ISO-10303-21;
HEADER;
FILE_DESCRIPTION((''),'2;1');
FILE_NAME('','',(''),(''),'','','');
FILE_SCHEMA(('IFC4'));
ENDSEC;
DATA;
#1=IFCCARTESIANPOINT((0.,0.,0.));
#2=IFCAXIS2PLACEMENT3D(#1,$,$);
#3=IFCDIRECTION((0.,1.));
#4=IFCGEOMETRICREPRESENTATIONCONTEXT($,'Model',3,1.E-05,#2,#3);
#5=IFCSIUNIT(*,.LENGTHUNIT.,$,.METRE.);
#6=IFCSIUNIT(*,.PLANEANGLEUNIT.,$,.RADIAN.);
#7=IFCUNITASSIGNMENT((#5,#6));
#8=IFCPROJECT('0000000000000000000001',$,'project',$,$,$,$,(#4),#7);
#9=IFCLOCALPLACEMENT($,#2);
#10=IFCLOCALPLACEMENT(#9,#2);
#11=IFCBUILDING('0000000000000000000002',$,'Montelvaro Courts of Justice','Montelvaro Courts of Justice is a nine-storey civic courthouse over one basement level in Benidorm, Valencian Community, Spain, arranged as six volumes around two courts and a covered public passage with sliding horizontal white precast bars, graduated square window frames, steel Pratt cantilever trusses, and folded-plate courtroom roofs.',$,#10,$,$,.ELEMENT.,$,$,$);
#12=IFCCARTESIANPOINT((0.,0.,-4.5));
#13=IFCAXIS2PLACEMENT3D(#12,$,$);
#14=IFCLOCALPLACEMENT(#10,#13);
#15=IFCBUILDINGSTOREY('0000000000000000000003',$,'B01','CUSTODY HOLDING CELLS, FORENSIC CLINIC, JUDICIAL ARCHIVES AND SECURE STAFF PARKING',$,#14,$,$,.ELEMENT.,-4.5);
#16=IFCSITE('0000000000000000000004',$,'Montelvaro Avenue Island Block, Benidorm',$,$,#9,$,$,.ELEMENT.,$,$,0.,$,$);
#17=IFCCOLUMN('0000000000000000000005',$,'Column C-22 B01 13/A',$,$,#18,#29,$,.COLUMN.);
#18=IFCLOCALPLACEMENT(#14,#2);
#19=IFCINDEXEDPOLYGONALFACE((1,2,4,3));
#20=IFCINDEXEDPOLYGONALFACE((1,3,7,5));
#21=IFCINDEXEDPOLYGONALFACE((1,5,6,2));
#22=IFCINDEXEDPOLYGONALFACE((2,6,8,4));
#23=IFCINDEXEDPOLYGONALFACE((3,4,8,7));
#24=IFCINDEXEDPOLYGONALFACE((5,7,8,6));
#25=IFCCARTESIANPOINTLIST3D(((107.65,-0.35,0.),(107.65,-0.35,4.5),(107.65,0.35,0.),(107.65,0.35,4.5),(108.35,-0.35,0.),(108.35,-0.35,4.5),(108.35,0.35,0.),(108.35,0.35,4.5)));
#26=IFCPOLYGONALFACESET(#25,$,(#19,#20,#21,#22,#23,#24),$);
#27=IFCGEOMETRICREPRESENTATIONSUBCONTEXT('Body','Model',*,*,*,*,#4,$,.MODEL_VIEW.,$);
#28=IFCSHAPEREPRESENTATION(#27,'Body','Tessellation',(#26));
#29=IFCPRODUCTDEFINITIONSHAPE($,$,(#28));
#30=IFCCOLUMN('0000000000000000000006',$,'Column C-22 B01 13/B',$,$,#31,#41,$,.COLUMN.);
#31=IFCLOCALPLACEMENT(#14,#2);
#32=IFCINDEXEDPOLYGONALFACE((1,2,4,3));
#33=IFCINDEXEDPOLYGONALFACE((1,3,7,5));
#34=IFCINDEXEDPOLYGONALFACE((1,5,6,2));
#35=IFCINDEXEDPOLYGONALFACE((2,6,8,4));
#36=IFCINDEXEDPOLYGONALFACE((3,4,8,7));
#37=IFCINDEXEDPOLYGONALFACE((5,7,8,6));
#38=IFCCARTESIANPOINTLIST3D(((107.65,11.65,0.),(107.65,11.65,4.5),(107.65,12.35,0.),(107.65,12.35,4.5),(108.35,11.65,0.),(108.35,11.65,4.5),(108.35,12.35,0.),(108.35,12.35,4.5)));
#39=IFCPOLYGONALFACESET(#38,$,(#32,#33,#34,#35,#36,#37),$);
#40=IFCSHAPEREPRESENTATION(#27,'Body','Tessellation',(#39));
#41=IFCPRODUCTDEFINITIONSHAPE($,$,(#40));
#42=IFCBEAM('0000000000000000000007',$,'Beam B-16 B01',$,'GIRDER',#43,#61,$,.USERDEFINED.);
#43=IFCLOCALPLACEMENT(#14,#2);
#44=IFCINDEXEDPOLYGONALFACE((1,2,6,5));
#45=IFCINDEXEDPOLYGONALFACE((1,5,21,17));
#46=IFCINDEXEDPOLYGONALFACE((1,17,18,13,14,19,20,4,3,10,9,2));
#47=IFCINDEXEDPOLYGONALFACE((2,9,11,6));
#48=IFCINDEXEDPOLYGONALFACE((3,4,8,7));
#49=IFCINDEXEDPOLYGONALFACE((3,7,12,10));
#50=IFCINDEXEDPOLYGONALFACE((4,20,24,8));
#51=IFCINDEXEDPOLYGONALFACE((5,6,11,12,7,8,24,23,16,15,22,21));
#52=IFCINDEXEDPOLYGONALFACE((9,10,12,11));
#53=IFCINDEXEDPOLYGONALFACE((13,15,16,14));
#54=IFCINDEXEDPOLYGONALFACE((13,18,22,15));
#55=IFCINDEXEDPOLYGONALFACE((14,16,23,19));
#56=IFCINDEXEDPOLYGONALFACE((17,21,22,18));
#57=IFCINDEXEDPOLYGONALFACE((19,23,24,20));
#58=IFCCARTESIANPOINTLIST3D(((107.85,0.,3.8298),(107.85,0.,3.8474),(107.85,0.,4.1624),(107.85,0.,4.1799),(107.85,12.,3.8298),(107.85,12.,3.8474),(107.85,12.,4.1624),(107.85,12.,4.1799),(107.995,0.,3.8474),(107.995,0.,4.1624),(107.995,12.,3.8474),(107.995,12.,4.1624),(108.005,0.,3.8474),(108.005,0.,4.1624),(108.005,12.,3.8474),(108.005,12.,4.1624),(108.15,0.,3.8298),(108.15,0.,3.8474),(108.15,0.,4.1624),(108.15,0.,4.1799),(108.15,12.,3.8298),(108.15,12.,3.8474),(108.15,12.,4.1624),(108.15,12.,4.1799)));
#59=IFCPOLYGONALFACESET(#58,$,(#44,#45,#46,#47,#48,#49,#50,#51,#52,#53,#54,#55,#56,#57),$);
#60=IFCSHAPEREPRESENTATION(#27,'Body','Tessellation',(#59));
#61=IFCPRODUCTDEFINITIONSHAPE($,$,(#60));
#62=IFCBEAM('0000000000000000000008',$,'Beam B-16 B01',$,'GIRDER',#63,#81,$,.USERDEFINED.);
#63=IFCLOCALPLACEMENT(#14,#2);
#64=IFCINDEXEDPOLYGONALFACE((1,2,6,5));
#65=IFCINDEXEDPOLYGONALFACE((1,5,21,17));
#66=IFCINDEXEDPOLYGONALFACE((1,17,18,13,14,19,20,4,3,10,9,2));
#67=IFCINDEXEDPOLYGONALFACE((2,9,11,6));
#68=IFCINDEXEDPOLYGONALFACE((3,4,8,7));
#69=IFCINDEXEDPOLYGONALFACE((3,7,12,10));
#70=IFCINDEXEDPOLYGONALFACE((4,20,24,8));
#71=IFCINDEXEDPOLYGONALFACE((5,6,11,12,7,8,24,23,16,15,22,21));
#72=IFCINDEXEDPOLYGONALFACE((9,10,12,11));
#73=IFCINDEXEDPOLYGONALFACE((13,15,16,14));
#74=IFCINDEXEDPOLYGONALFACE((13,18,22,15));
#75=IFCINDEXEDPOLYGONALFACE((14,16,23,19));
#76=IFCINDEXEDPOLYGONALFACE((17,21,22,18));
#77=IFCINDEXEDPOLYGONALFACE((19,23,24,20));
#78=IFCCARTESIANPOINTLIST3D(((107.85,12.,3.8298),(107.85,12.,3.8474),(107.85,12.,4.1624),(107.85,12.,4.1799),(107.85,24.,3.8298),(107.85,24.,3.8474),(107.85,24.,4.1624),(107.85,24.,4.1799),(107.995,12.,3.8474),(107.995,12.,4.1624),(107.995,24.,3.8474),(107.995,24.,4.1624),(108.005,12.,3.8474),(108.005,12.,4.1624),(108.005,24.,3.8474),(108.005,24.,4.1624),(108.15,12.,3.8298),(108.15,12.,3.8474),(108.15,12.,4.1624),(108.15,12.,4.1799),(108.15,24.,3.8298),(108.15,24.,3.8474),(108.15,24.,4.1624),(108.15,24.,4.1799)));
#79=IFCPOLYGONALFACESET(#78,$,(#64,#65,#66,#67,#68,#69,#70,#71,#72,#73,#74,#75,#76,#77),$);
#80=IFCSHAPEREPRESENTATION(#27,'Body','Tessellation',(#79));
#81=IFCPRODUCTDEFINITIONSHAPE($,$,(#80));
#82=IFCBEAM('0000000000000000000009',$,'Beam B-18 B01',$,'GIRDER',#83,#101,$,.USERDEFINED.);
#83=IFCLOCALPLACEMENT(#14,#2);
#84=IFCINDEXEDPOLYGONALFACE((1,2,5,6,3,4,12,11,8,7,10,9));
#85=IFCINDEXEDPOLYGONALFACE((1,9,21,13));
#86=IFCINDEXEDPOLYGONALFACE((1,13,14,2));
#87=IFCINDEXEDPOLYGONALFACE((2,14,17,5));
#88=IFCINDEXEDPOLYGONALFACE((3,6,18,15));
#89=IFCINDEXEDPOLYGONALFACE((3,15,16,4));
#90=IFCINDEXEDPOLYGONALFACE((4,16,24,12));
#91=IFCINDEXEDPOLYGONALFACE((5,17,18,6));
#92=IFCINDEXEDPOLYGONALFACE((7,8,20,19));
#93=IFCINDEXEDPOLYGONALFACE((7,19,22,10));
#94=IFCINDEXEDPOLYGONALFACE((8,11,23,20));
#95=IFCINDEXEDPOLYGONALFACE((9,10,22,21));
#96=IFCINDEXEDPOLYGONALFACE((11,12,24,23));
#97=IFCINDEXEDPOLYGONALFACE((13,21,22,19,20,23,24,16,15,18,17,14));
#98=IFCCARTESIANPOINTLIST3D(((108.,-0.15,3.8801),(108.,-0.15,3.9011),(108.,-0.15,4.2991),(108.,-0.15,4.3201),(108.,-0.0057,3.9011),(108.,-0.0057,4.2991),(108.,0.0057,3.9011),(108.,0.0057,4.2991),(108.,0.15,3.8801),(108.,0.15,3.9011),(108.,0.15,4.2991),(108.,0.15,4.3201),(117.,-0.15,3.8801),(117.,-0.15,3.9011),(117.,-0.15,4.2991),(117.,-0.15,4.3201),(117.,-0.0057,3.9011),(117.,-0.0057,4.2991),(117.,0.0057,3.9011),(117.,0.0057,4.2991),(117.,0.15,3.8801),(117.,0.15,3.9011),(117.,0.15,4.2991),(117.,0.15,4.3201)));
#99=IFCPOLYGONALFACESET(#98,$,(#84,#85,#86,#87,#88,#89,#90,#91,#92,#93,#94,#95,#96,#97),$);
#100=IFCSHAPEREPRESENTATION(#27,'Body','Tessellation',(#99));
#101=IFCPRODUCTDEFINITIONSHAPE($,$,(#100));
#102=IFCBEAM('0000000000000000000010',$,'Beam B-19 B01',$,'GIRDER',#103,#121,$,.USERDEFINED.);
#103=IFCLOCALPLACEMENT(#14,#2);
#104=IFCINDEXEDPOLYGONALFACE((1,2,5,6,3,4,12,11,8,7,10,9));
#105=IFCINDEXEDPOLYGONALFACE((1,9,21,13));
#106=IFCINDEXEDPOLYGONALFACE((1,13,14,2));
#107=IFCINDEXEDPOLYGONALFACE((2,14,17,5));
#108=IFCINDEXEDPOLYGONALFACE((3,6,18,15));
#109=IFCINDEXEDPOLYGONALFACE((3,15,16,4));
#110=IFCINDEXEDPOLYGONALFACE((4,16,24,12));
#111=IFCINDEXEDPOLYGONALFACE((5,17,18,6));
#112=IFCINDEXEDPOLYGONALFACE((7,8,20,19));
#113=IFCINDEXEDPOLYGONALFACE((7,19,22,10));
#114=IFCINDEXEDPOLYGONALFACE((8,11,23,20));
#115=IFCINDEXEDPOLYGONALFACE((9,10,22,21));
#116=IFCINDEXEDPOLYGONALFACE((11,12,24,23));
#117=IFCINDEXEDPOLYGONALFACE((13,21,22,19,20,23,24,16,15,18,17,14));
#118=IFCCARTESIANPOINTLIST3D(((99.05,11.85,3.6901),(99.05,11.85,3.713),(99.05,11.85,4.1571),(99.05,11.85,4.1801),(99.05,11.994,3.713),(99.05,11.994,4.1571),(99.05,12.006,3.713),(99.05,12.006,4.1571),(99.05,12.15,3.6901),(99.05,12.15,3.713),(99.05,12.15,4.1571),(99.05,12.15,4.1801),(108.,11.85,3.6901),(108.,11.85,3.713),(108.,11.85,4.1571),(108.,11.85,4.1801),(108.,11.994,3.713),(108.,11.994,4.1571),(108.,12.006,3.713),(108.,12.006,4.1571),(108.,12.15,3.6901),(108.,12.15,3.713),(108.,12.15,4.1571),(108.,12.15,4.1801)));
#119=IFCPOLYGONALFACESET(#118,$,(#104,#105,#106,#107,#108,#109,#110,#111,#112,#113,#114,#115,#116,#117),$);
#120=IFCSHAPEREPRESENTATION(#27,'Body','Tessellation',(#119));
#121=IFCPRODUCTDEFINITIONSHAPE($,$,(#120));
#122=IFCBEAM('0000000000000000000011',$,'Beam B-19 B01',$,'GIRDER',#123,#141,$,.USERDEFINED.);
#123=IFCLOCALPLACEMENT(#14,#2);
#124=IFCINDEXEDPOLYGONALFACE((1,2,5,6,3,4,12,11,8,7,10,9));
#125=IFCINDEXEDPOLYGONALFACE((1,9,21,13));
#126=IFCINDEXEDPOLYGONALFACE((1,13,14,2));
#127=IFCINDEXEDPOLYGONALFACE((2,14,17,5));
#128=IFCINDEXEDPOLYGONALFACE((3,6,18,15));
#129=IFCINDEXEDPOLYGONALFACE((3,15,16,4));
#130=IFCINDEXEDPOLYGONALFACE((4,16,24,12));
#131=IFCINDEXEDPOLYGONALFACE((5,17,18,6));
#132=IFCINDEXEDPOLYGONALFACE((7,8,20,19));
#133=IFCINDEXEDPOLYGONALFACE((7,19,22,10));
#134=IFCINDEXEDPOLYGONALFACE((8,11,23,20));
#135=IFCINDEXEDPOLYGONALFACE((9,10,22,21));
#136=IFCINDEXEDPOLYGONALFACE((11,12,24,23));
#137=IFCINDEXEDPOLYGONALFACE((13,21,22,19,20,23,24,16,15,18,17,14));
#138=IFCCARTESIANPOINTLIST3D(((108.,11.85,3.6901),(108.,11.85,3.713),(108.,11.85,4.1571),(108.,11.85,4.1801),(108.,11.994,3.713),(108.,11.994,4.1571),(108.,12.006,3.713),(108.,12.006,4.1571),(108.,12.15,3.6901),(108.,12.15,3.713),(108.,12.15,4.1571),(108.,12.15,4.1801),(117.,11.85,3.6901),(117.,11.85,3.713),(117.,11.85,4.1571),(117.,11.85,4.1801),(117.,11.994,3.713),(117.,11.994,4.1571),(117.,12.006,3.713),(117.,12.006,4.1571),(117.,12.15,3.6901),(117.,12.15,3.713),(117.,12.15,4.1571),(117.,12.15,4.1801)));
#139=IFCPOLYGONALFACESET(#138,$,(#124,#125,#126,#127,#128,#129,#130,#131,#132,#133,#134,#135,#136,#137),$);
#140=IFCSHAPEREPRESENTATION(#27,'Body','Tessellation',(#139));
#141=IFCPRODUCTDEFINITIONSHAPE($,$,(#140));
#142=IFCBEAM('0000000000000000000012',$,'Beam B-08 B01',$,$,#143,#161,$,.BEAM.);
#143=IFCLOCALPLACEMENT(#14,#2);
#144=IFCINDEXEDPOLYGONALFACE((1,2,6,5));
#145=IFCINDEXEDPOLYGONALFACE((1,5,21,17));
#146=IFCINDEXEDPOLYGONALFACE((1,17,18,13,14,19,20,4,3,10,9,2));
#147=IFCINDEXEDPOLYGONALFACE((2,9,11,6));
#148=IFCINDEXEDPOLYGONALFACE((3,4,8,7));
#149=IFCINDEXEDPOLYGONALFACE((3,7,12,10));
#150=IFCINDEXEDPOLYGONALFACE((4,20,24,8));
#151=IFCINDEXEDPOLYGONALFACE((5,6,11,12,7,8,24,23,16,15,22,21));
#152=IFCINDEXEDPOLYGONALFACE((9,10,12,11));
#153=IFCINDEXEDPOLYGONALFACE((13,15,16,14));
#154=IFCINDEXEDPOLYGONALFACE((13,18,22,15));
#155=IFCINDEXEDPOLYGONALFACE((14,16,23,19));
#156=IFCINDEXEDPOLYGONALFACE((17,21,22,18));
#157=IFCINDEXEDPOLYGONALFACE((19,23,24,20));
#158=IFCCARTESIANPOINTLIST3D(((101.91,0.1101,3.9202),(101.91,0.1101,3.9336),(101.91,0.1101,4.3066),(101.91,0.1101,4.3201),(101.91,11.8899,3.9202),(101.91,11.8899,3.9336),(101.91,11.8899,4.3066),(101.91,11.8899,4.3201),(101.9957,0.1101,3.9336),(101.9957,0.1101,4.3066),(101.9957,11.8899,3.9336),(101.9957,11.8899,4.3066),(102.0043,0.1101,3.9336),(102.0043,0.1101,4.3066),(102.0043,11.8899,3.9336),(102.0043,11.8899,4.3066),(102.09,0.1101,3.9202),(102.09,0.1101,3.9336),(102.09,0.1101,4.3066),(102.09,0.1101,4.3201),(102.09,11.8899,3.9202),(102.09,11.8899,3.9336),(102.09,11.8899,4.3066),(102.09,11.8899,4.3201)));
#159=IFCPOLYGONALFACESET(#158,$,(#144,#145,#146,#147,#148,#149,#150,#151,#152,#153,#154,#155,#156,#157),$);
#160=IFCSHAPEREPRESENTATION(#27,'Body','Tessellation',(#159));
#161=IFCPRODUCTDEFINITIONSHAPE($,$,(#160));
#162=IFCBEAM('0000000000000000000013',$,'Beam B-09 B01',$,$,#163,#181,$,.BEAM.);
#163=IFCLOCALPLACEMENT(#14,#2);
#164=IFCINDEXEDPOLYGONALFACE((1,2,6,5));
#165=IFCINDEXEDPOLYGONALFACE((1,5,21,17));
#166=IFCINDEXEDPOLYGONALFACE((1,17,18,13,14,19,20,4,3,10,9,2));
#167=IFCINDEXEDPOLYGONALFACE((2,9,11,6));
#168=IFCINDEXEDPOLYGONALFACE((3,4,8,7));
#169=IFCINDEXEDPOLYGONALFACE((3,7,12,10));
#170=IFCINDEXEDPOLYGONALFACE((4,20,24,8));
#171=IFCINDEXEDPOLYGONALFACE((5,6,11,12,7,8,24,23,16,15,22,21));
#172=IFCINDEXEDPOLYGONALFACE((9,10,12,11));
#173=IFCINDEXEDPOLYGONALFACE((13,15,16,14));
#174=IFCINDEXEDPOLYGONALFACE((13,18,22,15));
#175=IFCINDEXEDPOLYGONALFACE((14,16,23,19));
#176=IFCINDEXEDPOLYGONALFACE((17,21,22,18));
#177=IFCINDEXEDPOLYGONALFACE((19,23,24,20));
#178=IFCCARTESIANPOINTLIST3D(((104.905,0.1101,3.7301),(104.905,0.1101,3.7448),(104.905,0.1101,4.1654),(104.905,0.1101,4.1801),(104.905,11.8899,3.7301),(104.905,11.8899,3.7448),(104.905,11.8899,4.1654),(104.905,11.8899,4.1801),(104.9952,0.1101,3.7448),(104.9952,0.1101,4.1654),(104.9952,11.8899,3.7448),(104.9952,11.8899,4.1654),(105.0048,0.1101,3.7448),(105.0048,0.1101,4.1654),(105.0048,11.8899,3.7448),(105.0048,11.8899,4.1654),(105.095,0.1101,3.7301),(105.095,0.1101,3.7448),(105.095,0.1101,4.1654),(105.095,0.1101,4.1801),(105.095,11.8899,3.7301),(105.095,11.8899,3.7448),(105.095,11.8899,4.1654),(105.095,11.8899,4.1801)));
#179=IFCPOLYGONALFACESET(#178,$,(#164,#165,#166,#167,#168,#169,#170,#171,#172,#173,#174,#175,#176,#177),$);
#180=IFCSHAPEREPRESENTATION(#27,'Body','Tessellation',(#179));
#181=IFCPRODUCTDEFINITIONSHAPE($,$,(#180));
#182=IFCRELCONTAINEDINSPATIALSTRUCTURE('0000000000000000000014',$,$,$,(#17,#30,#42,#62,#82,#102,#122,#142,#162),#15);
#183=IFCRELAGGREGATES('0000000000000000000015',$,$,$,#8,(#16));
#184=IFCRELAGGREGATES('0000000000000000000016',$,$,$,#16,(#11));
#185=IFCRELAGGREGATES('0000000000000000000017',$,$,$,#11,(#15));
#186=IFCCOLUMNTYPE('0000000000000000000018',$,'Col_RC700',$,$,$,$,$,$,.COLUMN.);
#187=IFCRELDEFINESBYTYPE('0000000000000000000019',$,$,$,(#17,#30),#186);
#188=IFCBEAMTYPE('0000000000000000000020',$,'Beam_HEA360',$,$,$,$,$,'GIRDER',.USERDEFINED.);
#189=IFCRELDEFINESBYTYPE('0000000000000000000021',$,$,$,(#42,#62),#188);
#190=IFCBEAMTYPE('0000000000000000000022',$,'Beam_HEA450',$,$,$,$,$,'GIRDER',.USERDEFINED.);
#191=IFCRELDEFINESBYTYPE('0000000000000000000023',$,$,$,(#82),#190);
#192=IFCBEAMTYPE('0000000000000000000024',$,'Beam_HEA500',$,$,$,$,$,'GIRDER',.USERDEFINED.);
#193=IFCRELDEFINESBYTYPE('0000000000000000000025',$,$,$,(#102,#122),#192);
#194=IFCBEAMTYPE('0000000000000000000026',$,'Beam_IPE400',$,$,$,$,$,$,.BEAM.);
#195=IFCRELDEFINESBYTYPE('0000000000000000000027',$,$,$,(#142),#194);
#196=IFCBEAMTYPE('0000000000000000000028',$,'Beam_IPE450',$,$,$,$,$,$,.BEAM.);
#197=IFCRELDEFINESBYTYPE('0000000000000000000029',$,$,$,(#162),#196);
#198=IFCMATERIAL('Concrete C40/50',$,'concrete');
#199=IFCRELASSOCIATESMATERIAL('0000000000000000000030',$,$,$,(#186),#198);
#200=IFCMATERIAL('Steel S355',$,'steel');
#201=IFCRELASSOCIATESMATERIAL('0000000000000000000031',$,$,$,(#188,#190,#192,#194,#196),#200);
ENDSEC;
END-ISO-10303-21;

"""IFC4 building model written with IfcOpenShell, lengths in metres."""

from ifc_helpers import new_model, si_unit, direction, frame, origin, origin_2d, place, context, subcontext, project, spatial, rectangle, i_section, extrude, material, material_profile, profile_set, type_object, element, save


model = new_model("IFC4")

# Units and contexts
model_context = context("Model", 3, precision=1e-05, world=origin(), true_north=direction((0.0, 1.0)))
body_context = subcontext(model_context, "Body", "Model", "MODEL_VIEW")
ifc_project = project(units=[si_unit("LENGTHUNIT", "METRE"), si_unit("PLANEANGLEUNIT", "RADIAN")], contexts=[model_context])

# Site, building, storey
site_placement = place(None, origin())
site = spatial("IfcSite", under=ifc_project, at=site_placement, Name="Montelvaro Avenue Island Block, Benidorm", CompositionType="ELEMENT", RefElevation=0.0)
building_placement = place(site_placement, origin())
building = spatial("IfcBuilding", under=site, at=building_placement, Name="Montelvaro Courts of Justice", Description="Montelvaro Courts of Justice is a nine-storey civic courthouse over one basement level in Benidorm, Valencian Community, Spain, arranged as six volumes around two courts and a covered public passage with sliding horizontal white precast bars, graduated square window frames, steel Pratt cantilever trusses, and folded-plate courtroom roofs.", CompositionType="ELEMENT")
storey_placement = place(building_placement, frame((0.0, 0.0, -4.5)))
storey = spatial("IfcBuildingStorey", under=building, at=storey_placement, Name="B01", Description="CUSTODY HOLDING CELLS, FORENSIC CLINIC, JUDICIAL ARCHIVES AND SECURE STAFF PARKING", CompositionType="ELEMENT", Elevation=-4.5)

# Columns
ifc_material_1 = material(Name="Concrete C40/50", Category="concrete")
ifc_material_profile_1 = material_profile(ifc_material_1, rectangle(XDim=0.7, YDim=0.7, at=origin_2d()), Name="RC 700x700")
ifc_profile_set_1 = profile_set([ifc_material_profile_1], Name="Concrete C40/50")
column_type = type_object("IfcColumnType", Name="Col_RC700", PredefinedType="COLUMN", material=ifc_profile_set_1)
for number, where, z_axis, x_axis, name in (
    (1, (108.0, 0.0, 0.0), (0.0, 0.0, 1.0), (1.0, 0.0, 0.0), "Column C-22 B01 13/A"),
    (2, (108.0, 12.0, 0.0), (0.0, 0.0, 1.0), (1.0, 0.0, 0.0), "Column C-22 B01 13/B"),
):
    element("IfcColumn", number, at=place(storey_placement, frame(where, z_axis=z_axis, x_axis=x_axis)), inside=storey, type_object=column_type, Name=name, PredefinedType="COLUMN", context=body_context, shape_type="SweptSolid", body=[
        extrude(rectangle(XDim=0.7, YDim=0.7, at=origin_2d()), origin(), (0.0, 0.0, 1.0), 4.5),
    ])

# Beams
ifc_material_2 = material(Name="Steel S355", Category="steel")
ifc_material_profile_2 = material_profile(ifc_material_2, i_section(OverallWidth=0.3, OverallDepth=0.3501, WebThickness=0.01, FlangeThickness=0.0176, at=origin_2d()), Name="HEA 360")
ifc_profile_set_2 = profile_set([ifc_material_profile_2], Name="Steel S355")
beam_type_1 = type_object("IfcBeamType", Name="Beam_HEA360", ElementType="GIRDER", PredefinedType="USERDEFINED", material=ifc_profile_set_2)
for number, where, z_axis, x_axis, name in (
    (3, (108.0, 0.0, 4.0049), (0.0, 1.0, 0.0), (-1.0, 0.0, 0.0), "Beam B-16 B01"),
    (4, (108.0, 12.0, 4.0049), (0.0, 1.0, 0.0), (-1.0, 0.0, 0.0), "Beam B-16 B01"),
):
    element("IfcBeam", number, at=place(storey_placement, frame(where, z_axis=z_axis, x_axis=x_axis)), inside=storey, type_object=beam_type_1, Name=name, ObjectType="GIRDER", PredefinedType="USERDEFINED", context=body_context, shape_type="SweptSolid", body=[
        extrude(i_section(OverallWidth=0.3, OverallDepth=0.3501, WebThickness=0.01, FlangeThickness=0.0176, at=origin_2d()), origin(), (0.0, 0.0, 1.0), 12.0),
    ])
ifc_material_profile_3 = material_profile(ifc_material_2, i_section(OverallWidth=0.3, OverallDepth=0.4399, WebThickness=0.0115, FlangeThickness=0.021, at=origin_2d()), Name="HEA 450")
ifc_profile_set_3 = profile_set([ifc_material_profile_3], Name="Steel S355")
beam_type_2 = type_object("IfcBeamType", Name="Beam_HEA450", ElementType="GIRDER", PredefinedType="USERDEFINED", material=ifc_profile_set_3)
beam_1_placement = place(storey_placement, frame((108.0, 0.0, 4.1001), z_axis=(1.0, 0.0, 0.0), x_axis=(0.0, 1.0, 0.0)))
element("IfcBeam", 5, at=beam_1_placement, inside=storey, type_object=beam_type_2, Name="Beam B-18 B01", ObjectType="GIRDER", PredefinedType="USERDEFINED", context=body_context, shape_type="SweptSolid", body=[
    extrude(i_section(OverallWidth=0.3, OverallDepth=0.4399, WebThickness=0.0115, FlangeThickness=0.021, at=origin_2d()), origin(), (0.0, 0.0, 1.0), 9.0),
])
ifc_material_profile_4 = material_profile(ifc_material_2, i_section(OverallWidth=0.3, OverallDepth=0.49, WebThickness=0.012, FlangeThickness=0.0229, at=origin_2d()), Name="HEA 500")
ifc_profile_set_4 = profile_set([ifc_material_profile_4], Name="Steel S355")
beam_type_3 = type_object("IfcBeamType", Name="Beam_HEA500", ElementType="GIRDER", PredefinedType="USERDEFINED", material=ifc_profile_set_4)
beam_2_placement = place(storey_placement, frame((99.05, 12.0, 3.9351), z_axis=(1.0, 0.0, 0.0), x_axis=(0.0, 1.0, 0.0)))
element("IfcBeam", 6, at=beam_2_placement, inside=storey, type_object=beam_type_3, Name="Beam B-19 B01", ObjectType="GIRDER", PredefinedType="USERDEFINED", context=body_context, shape_type="SweptSolid", body=[
    extrude(i_section(OverallWidth=0.3, OverallDepth=0.49, WebThickness=0.012, FlangeThickness=0.0229, at=origin_2d()), origin(), (0.0, 0.0, 1.0), 8.95),
])
beam_3_placement = place(storey_placement, frame((108.0, 12.0, 3.9351), z_axis=(1.0, 0.0, 0.0), x_axis=(0.0, 1.0, 0.0)))
element("IfcBeam", 7, at=beam_3_placement, inside=storey, type_object=beam_type_3, Name="Beam B-19 B01", ObjectType="GIRDER", PredefinedType="USERDEFINED", context=body_context, shape_type="SweptSolid", body=[
    extrude(i_section(OverallWidth=0.3, OverallDepth=0.49, WebThickness=0.012, FlangeThickness=0.0229, at=origin_2d()), origin(), (0.0, 0.0, 1.0), 9.0),
])
ifc_material_profile_5 = material_profile(ifc_material_2, i_section(OverallWidth=0.1799, OverallDepth=0.3999, WebThickness=0.0085, FlangeThickness=0.0134, at=origin_2d()), Name="IPE 400")
ifc_profile_set_5 = profile_set([ifc_material_profile_5], Name="Steel S355")
beam_type_4 = type_object("IfcBeamType", Name="Beam_IPE400", PredefinedType="BEAM", material=ifc_profile_set_5)
beam_4_placement = place(storey_placement, frame((102.0, 0.1101, 4.1201), z_axis=(0.0, 1.0, 0.0), x_axis=(-1.0, 0.0, 0.0)))
element("IfcBeam", 8, at=beam_4_placement, inside=storey, type_object=beam_type_4, Name="Beam B-08 B01", PredefinedType="BEAM", context=body_context, shape_type="SweptSolid", body=[
    extrude(i_section(OverallWidth=0.1799, OverallDepth=0.3999, WebThickness=0.0085, FlangeThickness=0.0134, at=origin_2d()), origin(), (0.0, 0.0, 1.0), 11.7798),
])
ifc_material_profile_6 = material_profile(ifc_material_2, i_section(OverallWidth=0.1899, OverallDepth=0.45, WebThickness=0.0095, FlangeThickness=0.0146, at=origin_2d()), Name="IPE 450")
ifc_profile_set_6 = profile_set([ifc_material_profile_6], Name="Steel S355")
beam_type_5 = type_object("IfcBeamType", Name="Beam_IPE450", PredefinedType="BEAM", material=ifc_profile_set_6)
for number, where, z_axis, x_axis, name in (
    (9, (105.0, 0.1101, 3.9551), (0.0, 1.0, 0.0), (-1.0, 0.0, 0.0), "Beam B-09 B01"),
):
    element("IfcBeam", number, at=place(storey_placement, frame(where, z_axis=z_axis, x_axis=x_axis)), inside=storey, type_object=beam_type_5, Name=name, PredefinedType="BEAM", context=body_context, shape_type="SweptSolid", body=[
        extrude(i_section(OverallWidth=0.1899, OverallDepth=0.45, WebThickness=0.0095, FlangeThickness=0.0146, at=origin_2d()), origin(), (0.0, 0.0, 1.0), 11.7798),
    ])

save(model, "model.ifc")
